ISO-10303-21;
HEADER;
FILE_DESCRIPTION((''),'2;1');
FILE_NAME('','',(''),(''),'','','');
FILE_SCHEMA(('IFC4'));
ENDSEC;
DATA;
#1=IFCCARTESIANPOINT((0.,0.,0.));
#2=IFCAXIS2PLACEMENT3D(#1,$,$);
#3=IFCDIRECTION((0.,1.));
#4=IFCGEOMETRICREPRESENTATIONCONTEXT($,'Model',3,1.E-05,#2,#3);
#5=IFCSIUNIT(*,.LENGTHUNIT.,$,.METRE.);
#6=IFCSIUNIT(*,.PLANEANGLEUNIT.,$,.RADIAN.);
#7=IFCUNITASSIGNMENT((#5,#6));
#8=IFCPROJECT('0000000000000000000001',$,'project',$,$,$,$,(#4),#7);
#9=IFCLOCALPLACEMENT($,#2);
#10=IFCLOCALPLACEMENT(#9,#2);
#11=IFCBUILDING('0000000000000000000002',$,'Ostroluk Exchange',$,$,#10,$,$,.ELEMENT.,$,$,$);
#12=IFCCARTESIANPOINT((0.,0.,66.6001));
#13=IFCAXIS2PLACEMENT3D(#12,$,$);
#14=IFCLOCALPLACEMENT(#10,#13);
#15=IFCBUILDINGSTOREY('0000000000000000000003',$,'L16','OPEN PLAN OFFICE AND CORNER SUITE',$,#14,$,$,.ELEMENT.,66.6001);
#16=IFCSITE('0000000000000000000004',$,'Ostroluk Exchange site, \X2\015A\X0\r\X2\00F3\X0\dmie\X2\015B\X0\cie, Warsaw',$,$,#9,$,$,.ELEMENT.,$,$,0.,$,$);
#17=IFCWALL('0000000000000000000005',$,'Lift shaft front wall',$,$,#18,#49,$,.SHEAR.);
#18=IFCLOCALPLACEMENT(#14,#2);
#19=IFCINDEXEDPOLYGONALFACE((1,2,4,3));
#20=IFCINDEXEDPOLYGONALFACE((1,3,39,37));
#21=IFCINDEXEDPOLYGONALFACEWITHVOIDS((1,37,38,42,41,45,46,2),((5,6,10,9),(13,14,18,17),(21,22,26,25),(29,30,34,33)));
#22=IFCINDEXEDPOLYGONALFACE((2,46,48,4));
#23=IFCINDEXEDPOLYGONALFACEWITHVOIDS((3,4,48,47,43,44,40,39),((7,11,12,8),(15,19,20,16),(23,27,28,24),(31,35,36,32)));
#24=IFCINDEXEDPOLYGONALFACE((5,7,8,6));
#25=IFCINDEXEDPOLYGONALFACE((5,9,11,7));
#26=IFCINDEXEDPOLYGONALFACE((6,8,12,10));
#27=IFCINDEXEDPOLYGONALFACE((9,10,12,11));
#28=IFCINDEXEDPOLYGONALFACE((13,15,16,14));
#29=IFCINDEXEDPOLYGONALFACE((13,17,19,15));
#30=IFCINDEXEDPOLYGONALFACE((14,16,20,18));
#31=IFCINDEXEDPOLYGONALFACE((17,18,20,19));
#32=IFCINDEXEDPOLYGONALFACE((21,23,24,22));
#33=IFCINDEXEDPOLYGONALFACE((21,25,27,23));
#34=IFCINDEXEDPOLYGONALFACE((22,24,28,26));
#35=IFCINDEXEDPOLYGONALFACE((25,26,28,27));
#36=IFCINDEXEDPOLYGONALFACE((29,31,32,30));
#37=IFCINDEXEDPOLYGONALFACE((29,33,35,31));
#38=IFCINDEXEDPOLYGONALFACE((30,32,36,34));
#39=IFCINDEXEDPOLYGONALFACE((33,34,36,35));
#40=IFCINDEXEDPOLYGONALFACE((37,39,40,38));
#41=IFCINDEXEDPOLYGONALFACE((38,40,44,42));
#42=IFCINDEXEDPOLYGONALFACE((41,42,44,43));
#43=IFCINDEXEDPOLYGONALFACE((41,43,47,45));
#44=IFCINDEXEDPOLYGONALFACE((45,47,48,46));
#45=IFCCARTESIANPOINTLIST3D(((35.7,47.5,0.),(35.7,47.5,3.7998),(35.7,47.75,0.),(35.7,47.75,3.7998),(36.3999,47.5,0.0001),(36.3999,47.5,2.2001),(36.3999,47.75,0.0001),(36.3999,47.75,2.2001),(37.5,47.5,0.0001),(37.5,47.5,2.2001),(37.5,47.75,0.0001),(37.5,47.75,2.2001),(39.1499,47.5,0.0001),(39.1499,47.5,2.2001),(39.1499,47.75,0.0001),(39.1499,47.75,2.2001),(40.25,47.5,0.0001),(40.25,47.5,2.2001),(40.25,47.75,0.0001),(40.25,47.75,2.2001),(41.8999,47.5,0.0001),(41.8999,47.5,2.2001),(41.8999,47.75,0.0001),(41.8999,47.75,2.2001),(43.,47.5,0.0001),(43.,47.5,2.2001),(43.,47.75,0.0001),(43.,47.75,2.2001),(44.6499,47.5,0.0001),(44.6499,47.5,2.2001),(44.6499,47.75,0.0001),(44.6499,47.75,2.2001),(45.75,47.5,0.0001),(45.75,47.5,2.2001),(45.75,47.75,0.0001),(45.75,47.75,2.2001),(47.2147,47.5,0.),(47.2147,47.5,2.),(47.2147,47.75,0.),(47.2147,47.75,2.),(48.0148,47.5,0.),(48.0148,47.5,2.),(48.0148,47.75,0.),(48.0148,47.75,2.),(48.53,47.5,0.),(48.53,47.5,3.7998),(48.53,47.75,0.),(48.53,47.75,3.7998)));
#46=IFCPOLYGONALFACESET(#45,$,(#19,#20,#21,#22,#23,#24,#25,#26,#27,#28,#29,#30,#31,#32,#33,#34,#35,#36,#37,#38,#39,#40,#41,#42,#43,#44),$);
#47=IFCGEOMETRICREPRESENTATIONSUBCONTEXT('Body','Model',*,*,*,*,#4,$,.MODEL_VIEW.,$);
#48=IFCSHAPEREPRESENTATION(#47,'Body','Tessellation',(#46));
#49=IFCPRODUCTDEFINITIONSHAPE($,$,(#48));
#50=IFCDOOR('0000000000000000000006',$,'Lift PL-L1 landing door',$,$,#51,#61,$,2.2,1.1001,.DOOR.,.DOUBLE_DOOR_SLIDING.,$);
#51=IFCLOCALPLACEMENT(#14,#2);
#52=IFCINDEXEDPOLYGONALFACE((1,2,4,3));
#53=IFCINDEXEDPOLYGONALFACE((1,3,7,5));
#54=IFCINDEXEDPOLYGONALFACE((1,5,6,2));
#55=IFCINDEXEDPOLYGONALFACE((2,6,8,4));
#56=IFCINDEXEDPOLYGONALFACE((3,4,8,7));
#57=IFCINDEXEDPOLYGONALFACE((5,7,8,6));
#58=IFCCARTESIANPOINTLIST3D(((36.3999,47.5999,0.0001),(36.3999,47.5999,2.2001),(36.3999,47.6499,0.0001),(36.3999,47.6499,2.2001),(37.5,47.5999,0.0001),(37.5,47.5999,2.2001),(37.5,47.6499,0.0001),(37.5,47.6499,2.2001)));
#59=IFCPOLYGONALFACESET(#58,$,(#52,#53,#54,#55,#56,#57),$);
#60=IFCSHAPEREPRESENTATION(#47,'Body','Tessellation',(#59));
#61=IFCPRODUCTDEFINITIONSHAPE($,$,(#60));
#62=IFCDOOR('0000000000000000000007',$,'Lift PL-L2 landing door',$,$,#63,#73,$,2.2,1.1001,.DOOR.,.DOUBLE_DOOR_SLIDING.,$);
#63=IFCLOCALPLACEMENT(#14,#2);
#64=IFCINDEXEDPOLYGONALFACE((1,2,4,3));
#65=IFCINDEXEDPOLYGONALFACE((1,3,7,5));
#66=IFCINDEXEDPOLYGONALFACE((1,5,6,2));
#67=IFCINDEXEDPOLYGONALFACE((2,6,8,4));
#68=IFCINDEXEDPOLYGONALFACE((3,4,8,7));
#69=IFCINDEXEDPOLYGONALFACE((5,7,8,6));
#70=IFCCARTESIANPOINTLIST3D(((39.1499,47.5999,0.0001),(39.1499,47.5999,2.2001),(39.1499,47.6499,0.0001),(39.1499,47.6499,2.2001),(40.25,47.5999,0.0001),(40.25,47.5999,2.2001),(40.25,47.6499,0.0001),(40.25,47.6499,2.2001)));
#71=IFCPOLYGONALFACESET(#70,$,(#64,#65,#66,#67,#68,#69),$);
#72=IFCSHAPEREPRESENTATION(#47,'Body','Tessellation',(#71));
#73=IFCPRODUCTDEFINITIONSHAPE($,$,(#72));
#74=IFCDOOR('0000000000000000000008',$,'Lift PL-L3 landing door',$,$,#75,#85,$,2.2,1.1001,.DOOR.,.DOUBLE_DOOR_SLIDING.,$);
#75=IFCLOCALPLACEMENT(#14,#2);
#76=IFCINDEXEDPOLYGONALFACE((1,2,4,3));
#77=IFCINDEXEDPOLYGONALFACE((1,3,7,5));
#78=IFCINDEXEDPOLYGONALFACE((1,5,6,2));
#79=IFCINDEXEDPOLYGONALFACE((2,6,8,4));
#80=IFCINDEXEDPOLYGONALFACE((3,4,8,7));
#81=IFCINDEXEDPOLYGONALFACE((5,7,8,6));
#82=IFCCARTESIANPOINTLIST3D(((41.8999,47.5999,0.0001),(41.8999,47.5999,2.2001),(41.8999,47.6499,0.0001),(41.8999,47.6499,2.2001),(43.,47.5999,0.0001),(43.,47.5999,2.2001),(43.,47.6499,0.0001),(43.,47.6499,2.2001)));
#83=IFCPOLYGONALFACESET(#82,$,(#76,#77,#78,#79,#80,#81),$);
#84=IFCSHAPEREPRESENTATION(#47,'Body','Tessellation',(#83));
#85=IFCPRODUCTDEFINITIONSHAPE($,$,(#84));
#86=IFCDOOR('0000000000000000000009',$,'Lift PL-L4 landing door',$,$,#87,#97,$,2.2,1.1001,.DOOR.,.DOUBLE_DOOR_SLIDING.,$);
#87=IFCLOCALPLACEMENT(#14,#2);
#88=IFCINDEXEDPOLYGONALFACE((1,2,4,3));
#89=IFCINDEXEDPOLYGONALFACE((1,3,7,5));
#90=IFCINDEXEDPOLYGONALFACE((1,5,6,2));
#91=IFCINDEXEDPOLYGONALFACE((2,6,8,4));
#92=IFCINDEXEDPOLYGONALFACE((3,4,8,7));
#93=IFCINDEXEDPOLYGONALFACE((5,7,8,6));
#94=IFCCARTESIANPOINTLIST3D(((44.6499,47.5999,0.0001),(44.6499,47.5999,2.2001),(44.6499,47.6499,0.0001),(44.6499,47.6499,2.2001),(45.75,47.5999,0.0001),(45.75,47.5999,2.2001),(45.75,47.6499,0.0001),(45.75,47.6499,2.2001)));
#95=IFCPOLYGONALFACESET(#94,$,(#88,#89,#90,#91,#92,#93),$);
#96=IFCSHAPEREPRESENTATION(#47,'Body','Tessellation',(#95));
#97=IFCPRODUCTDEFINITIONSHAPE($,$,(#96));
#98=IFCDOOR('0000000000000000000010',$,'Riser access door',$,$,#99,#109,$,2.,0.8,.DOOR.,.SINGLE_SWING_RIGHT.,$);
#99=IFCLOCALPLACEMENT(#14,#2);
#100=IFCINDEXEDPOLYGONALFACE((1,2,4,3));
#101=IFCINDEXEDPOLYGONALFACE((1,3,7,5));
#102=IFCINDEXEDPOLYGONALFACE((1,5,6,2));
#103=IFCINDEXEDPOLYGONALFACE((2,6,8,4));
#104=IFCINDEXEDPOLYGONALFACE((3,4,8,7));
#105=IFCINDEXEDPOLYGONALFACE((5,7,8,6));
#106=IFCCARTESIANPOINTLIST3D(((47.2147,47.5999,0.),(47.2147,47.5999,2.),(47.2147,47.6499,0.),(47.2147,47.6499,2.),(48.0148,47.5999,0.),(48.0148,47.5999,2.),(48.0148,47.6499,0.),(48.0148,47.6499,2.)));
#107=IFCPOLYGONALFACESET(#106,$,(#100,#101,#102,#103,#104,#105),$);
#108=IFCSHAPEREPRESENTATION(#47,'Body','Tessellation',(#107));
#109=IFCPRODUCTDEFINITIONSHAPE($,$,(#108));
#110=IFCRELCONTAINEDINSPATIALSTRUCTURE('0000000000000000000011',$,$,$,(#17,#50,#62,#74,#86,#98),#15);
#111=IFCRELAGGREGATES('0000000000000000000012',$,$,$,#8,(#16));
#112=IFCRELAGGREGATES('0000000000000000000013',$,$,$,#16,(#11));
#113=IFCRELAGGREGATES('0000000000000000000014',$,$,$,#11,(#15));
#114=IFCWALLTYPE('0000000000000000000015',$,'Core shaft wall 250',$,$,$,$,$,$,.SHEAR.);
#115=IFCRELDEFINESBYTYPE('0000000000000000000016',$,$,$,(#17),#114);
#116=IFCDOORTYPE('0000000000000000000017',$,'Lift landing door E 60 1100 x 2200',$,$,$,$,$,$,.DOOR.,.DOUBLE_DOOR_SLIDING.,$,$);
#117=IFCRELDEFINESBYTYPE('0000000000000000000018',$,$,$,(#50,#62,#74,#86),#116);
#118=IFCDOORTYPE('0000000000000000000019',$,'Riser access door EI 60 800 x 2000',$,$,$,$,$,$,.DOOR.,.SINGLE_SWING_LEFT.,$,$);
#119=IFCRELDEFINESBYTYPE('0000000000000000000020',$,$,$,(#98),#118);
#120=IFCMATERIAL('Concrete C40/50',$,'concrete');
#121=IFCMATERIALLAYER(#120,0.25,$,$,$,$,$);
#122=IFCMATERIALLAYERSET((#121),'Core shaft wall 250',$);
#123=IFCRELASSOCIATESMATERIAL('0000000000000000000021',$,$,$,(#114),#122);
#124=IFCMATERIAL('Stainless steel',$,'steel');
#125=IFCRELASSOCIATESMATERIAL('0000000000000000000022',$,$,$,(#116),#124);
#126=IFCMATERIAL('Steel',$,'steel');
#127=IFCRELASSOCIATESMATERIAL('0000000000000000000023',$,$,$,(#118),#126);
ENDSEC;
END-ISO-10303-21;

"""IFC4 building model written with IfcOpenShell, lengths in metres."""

from ifc_helpers import new_model, si_unit, direction, frame, frame_2d, origin, place, context, subcontext, project, spatial, rectangle, extrude, material, layer, layer_set, type_object, element, fill, save


model = new_model("IFC4")

# Units and contexts
model_context = context("Model", 3, precision=1e-05, world=origin(), true_north=direction((0.0, 1.0)))
body_context = subcontext(model_context, "Body", "Model", "MODEL_VIEW")
ifc_project = project(units=[si_unit("LENGTHUNIT", "METRE"), si_unit("PLANEANGLEUNIT", "RADIAN")], contexts=[model_context])

# Site, building, storey
site_placement = place(None, origin())
site = spatial("IfcSite", under=ifc_project, at=site_placement, Name="Ostroluk Exchange site, Śródmieście, Warsaw", CompositionType="ELEMENT", RefElevation=0.0)
building_placement = place(site_placement, origin())
building = spatial("IfcBuilding", under=site, at=building_placement, Name="Ostroluk Exchange", CompositionType="ELEMENT")
storey_placement = place(building_placement, frame((0.0, 0.0, 66.6001)))
storey = spatial("IfcBuildingStorey", under=building, at=storey_placement, Name="L16", Description="OPEN PLAN OFFICE AND CORNER SUITE", CompositionType="ELEMENT", Elevation=66.6001)

# Shared definitions
ifc_material_1 = material(Name="Concrete C40/50", Category="concrete")
ifc_layer_1 = layer(ifc_material_1, 0.25)
ifc_layer_set_1 = layer_set([ifc_layer_1], Name="Core shaft wall 250")
wall_type_1 = type_object("IfcWallType", Name="Core shaft wall 250", PredefinedType="SHEAR", material=ifc_layer_set_1)

# Wall, openings, doors
wall_1_placement = place(storey_placement, frame((35.7, 47.625, 0.0), z_axis=(0.0, 0.0, 1.0), x_axis=(1.0, 0.0, 0.0)))
wall_1 = element("IfcWall", 1, at=wall_1_placement, inside=storey, type_object=wall_type_1, Name="Lift shaft front wall", PredefinedType="SHEAR", context=body_context, shape_type="SweptSolid", body=[
    extrude(rectangle(XDim=12.8301, YDim=0.25, at=frame_2d((6.415, 0.0))), origin(), (0.0, 0.0, 1.0), 3.7998),
])
opening_1_placement = place(wall_1_placement, frame((0.7, 0.0, 0.0)))
opening_1 = element("IfcOpeningElement", 2, at=opening_1_placement, cuts=wall_1, PredefinedType="OPENING", context=body_context, shape_type="SweptSolid", body=[
    extrude(rectangle(XDim=1.1001, YDim=2.2, at=frame_2d((0.55, 1.1001))), frame((0.0, 0.135, 0.0), z_axis=(0.0, -1.0, 0.0), x_axis=(1.0, 0.0, 0.0)), (0.0, 0.0, 1.0), 0.27),
])
opening_2_placement = place(wall_1_placement, frame((3.45, 0.0, 0.0)))
opening_2 = element("IfcOpeningElement", 3, at=opening_2_placement, cuts=wall_1, PredefinedType="OPENING", context=body_context, shape_type="SweptSolid", body=[
    extrude(rectangle(XDim=1.1001, YDim=2.2, at=frame_2d((0.55, 1.1001))), frame((0.0, 0.135, 0.0), z_axis=(0.0, -1.0, 0.0), x_axis=(1.0, 0.0, 0.0)), (0.0, 0.0, 1.0), 0.27),
])
opening_3_placement = place(wall_1_placement, frame((6.2, 0.0, 0.0)))
opening_3 = element("IfcOpeningElement", 4, at=opening_3_placement, cuts=wall_1, PredefinedType="OPENING", context=body_context, shape_type="SweptSolid", body=[
    extrude(rectangle(XDim=1.1001, YDim=2.2, at=frame_2d((0.55, 1.1001))), frame((0.0, 0.135, 0.0), z_axis=(0.0, -1.0, 0.0), x_axis=(1.0, 0.0, 0.0)), (0.0, 0.0, 1.0), 0.27),
])
opening_4_placement = place(wall_1_placement, frame((8.95, 0.0, 0.0)))
opening_4 = element("IfcOpeningElement", 5, at=opening_4_placement, cuts=wall_1, PredefinedType="OPENING", context=body_context, shape_type="SweptSolid", body=[
    extrude(rectangle(XDim=1.1001, YDim=2.2, at=frame_2d((0.55, 1.1001))), frame((0.0, 0.135, 0.0), z_axis=(0.0, -1.0, 0.0), x_axis=(1.0, 0.0, 0.0)), (0.0, 0.0, 1.0), 0.27),
])
opening_5_placement = place(wall_1_placement, frame((11.5149, 0.0, 0.0)))
opening_5 = element("IfcOpeningElement", 6, at=opening_5_placement, cuts=wall_1, PredefinedType="OPENING", context=body_context, shape_type="SweptSolid", body=[
    extrude(rectangle(XDim=0.8, YDim=2.0, at=frame_2d((0.3999, 1.0))), frame((0.0, 0.135, 0.0), z_axis=(0.0, -1.0, 0.0), x_axis=(1.0, 0.0, 0.0)), (0.0, 0.0, 1.0), 0.27),
])
ifc_material_2 = material(Name="Stainless steel", Category="steel")
door_type_1 = type_object("IfcDoorType", Name="Lift landing door E 60 1100 x 2200", OperationType="DOUBLE_DOOR_SLIDING", PredefinedType="DOOR", material=ifc_material_2)
door_1_placement = place(opening_1_placement, origin())
door_1 = element("IfcDoor", 7, at=door_1_placement, inside=storey, type_object=door_type_1, Name="Lift PL-L1 landing door", OperationType="DOUBLE_DOOR_SLIDING", OverallHeight=2.2, OverallWidth=1.1001, PredefinedType="DOOR", context=body_context, shape_type="SweptSolid", body=[
    extrude(rectangle(XDim=1.1001, YDim=2.2, at=frame_2d((0.55, 1.1001))), frame((0.0, 0.0249, 0.0), z_axis=(0.0, -1.0, 0.0), x_axis=(1.0, 0.0, 0.0)), (0.0, 0.0, 1.0), 0.05),
])
fill(opening_1, door_1)
door_2_placement = place(opening_2_placement, origin())
door_2 = element("IfcDoor", 8, at=door_2_placement, inside=storey, type_object=door_type_1, Name="Lift PL-L2 landing door", OperationType="DOUBLE_DOOR_SLIDING", OverallHeight=2.2, OverallWidth=1.1001, PredefinedType="DOOR", context=body_context, shape_type="SweptSolid", body=[
    extrude(rectangle(XDim=1.1001, YDim=2.2, at=frame_2d((0.55, 1.1001))), frame((0.0, 0.0249, 0.0), z_axis=(0.0, -1.0, 0.0), x_axis=(1.0, 0.0, 0.0)), (0.0, 0.0, 1.0), 0.05),
])
fill(opening_2, door_2)
door_3_placement = place(opening_3_placement, origin())
door_3 = element("IfcDoor", 9, at=door_3_placement, inside=storey, type_object=door_type_1, Name="Lift PL-L3 landing door", OperationType="DOUBLE_DOOR_SLIDING", OverallHeight=2.2, OverallWidth=1.1001, PredefinedType="DOOR", context=body_context, shape_type="SweptSolid", body=[
    extrude(rectangle(XDim=1.1001, YDim=2.2, at=frame_2d((0.55, 1.1001))), frame((0.0, 0.0249, 0.0), z_axis=(0.0, -1.0, 0.0), x_axis=(1.0, 0.0, 0.0)), (0.0, 0.0, 1.0), 0.05),
])
fill(opening_3, door_3)
door_4_placement = place(opening_4_placement, origin())
door_4 = element("IfcDoor", 10, at=door_4_placement, inside=storey, type_object=door_type_1, Name="Lift PL-L4 landing door", OperationType="DOUBLE_DOOR_SLIDING", OverallHeight=2.2, OverallWidth=1.1001, PredefinedType="DOOR", context=body_context, shape_type="SweptSolid", body=[
    extrude(rectangle(XDim=1.1001, YDim=2.2, at=frame_2d((0.55, 1.1001))), frame((0.0, 0.0249, 0.0), z_axis=(0.0, -1.0, 0.0), x_axis=(1.0, 0.0, 0.0)), (0.0, 0.0, 1.0), 0.05),
])
fill(opening_4, door_4)
ifc_material_3 = material(Name="Steel", Category="steel")
door_type_2 = type_object("IfcDoorType", Name="Riser access door EI 60 800 x 2000", OperationType="SINGLE_SWING_LEFT", PredefinedType="DOOR", material=ifc_material_3)
door_5_placement = place(opening_5_placement, origin())
door_5 = element("IfcDoor", 11, at=door_5_placement, inside=storey, type_object=door_type_2, Name="Riser access door", OperationType="SINGLE_SWING_RIGHT", OverallHeight=2.0, OverallWidth=0.8, PredefinedType="DOOR", context=body_context, shape_type="SweptSolid", body=[
    extrude(rectangle(XDim=0.8, YDim=2.0, at=frame_2d((0.3999, 1.0))), frame((0.0, 0.0249, 0.0), z_axis=(0.0, -1.0, 0.0), x_axis=(1.0, 0.0, 0.0)), (0.0, 0.0, 1.0), 0.05),
])
fill(opening_5, door_5)

save(model, "model.ifc")
